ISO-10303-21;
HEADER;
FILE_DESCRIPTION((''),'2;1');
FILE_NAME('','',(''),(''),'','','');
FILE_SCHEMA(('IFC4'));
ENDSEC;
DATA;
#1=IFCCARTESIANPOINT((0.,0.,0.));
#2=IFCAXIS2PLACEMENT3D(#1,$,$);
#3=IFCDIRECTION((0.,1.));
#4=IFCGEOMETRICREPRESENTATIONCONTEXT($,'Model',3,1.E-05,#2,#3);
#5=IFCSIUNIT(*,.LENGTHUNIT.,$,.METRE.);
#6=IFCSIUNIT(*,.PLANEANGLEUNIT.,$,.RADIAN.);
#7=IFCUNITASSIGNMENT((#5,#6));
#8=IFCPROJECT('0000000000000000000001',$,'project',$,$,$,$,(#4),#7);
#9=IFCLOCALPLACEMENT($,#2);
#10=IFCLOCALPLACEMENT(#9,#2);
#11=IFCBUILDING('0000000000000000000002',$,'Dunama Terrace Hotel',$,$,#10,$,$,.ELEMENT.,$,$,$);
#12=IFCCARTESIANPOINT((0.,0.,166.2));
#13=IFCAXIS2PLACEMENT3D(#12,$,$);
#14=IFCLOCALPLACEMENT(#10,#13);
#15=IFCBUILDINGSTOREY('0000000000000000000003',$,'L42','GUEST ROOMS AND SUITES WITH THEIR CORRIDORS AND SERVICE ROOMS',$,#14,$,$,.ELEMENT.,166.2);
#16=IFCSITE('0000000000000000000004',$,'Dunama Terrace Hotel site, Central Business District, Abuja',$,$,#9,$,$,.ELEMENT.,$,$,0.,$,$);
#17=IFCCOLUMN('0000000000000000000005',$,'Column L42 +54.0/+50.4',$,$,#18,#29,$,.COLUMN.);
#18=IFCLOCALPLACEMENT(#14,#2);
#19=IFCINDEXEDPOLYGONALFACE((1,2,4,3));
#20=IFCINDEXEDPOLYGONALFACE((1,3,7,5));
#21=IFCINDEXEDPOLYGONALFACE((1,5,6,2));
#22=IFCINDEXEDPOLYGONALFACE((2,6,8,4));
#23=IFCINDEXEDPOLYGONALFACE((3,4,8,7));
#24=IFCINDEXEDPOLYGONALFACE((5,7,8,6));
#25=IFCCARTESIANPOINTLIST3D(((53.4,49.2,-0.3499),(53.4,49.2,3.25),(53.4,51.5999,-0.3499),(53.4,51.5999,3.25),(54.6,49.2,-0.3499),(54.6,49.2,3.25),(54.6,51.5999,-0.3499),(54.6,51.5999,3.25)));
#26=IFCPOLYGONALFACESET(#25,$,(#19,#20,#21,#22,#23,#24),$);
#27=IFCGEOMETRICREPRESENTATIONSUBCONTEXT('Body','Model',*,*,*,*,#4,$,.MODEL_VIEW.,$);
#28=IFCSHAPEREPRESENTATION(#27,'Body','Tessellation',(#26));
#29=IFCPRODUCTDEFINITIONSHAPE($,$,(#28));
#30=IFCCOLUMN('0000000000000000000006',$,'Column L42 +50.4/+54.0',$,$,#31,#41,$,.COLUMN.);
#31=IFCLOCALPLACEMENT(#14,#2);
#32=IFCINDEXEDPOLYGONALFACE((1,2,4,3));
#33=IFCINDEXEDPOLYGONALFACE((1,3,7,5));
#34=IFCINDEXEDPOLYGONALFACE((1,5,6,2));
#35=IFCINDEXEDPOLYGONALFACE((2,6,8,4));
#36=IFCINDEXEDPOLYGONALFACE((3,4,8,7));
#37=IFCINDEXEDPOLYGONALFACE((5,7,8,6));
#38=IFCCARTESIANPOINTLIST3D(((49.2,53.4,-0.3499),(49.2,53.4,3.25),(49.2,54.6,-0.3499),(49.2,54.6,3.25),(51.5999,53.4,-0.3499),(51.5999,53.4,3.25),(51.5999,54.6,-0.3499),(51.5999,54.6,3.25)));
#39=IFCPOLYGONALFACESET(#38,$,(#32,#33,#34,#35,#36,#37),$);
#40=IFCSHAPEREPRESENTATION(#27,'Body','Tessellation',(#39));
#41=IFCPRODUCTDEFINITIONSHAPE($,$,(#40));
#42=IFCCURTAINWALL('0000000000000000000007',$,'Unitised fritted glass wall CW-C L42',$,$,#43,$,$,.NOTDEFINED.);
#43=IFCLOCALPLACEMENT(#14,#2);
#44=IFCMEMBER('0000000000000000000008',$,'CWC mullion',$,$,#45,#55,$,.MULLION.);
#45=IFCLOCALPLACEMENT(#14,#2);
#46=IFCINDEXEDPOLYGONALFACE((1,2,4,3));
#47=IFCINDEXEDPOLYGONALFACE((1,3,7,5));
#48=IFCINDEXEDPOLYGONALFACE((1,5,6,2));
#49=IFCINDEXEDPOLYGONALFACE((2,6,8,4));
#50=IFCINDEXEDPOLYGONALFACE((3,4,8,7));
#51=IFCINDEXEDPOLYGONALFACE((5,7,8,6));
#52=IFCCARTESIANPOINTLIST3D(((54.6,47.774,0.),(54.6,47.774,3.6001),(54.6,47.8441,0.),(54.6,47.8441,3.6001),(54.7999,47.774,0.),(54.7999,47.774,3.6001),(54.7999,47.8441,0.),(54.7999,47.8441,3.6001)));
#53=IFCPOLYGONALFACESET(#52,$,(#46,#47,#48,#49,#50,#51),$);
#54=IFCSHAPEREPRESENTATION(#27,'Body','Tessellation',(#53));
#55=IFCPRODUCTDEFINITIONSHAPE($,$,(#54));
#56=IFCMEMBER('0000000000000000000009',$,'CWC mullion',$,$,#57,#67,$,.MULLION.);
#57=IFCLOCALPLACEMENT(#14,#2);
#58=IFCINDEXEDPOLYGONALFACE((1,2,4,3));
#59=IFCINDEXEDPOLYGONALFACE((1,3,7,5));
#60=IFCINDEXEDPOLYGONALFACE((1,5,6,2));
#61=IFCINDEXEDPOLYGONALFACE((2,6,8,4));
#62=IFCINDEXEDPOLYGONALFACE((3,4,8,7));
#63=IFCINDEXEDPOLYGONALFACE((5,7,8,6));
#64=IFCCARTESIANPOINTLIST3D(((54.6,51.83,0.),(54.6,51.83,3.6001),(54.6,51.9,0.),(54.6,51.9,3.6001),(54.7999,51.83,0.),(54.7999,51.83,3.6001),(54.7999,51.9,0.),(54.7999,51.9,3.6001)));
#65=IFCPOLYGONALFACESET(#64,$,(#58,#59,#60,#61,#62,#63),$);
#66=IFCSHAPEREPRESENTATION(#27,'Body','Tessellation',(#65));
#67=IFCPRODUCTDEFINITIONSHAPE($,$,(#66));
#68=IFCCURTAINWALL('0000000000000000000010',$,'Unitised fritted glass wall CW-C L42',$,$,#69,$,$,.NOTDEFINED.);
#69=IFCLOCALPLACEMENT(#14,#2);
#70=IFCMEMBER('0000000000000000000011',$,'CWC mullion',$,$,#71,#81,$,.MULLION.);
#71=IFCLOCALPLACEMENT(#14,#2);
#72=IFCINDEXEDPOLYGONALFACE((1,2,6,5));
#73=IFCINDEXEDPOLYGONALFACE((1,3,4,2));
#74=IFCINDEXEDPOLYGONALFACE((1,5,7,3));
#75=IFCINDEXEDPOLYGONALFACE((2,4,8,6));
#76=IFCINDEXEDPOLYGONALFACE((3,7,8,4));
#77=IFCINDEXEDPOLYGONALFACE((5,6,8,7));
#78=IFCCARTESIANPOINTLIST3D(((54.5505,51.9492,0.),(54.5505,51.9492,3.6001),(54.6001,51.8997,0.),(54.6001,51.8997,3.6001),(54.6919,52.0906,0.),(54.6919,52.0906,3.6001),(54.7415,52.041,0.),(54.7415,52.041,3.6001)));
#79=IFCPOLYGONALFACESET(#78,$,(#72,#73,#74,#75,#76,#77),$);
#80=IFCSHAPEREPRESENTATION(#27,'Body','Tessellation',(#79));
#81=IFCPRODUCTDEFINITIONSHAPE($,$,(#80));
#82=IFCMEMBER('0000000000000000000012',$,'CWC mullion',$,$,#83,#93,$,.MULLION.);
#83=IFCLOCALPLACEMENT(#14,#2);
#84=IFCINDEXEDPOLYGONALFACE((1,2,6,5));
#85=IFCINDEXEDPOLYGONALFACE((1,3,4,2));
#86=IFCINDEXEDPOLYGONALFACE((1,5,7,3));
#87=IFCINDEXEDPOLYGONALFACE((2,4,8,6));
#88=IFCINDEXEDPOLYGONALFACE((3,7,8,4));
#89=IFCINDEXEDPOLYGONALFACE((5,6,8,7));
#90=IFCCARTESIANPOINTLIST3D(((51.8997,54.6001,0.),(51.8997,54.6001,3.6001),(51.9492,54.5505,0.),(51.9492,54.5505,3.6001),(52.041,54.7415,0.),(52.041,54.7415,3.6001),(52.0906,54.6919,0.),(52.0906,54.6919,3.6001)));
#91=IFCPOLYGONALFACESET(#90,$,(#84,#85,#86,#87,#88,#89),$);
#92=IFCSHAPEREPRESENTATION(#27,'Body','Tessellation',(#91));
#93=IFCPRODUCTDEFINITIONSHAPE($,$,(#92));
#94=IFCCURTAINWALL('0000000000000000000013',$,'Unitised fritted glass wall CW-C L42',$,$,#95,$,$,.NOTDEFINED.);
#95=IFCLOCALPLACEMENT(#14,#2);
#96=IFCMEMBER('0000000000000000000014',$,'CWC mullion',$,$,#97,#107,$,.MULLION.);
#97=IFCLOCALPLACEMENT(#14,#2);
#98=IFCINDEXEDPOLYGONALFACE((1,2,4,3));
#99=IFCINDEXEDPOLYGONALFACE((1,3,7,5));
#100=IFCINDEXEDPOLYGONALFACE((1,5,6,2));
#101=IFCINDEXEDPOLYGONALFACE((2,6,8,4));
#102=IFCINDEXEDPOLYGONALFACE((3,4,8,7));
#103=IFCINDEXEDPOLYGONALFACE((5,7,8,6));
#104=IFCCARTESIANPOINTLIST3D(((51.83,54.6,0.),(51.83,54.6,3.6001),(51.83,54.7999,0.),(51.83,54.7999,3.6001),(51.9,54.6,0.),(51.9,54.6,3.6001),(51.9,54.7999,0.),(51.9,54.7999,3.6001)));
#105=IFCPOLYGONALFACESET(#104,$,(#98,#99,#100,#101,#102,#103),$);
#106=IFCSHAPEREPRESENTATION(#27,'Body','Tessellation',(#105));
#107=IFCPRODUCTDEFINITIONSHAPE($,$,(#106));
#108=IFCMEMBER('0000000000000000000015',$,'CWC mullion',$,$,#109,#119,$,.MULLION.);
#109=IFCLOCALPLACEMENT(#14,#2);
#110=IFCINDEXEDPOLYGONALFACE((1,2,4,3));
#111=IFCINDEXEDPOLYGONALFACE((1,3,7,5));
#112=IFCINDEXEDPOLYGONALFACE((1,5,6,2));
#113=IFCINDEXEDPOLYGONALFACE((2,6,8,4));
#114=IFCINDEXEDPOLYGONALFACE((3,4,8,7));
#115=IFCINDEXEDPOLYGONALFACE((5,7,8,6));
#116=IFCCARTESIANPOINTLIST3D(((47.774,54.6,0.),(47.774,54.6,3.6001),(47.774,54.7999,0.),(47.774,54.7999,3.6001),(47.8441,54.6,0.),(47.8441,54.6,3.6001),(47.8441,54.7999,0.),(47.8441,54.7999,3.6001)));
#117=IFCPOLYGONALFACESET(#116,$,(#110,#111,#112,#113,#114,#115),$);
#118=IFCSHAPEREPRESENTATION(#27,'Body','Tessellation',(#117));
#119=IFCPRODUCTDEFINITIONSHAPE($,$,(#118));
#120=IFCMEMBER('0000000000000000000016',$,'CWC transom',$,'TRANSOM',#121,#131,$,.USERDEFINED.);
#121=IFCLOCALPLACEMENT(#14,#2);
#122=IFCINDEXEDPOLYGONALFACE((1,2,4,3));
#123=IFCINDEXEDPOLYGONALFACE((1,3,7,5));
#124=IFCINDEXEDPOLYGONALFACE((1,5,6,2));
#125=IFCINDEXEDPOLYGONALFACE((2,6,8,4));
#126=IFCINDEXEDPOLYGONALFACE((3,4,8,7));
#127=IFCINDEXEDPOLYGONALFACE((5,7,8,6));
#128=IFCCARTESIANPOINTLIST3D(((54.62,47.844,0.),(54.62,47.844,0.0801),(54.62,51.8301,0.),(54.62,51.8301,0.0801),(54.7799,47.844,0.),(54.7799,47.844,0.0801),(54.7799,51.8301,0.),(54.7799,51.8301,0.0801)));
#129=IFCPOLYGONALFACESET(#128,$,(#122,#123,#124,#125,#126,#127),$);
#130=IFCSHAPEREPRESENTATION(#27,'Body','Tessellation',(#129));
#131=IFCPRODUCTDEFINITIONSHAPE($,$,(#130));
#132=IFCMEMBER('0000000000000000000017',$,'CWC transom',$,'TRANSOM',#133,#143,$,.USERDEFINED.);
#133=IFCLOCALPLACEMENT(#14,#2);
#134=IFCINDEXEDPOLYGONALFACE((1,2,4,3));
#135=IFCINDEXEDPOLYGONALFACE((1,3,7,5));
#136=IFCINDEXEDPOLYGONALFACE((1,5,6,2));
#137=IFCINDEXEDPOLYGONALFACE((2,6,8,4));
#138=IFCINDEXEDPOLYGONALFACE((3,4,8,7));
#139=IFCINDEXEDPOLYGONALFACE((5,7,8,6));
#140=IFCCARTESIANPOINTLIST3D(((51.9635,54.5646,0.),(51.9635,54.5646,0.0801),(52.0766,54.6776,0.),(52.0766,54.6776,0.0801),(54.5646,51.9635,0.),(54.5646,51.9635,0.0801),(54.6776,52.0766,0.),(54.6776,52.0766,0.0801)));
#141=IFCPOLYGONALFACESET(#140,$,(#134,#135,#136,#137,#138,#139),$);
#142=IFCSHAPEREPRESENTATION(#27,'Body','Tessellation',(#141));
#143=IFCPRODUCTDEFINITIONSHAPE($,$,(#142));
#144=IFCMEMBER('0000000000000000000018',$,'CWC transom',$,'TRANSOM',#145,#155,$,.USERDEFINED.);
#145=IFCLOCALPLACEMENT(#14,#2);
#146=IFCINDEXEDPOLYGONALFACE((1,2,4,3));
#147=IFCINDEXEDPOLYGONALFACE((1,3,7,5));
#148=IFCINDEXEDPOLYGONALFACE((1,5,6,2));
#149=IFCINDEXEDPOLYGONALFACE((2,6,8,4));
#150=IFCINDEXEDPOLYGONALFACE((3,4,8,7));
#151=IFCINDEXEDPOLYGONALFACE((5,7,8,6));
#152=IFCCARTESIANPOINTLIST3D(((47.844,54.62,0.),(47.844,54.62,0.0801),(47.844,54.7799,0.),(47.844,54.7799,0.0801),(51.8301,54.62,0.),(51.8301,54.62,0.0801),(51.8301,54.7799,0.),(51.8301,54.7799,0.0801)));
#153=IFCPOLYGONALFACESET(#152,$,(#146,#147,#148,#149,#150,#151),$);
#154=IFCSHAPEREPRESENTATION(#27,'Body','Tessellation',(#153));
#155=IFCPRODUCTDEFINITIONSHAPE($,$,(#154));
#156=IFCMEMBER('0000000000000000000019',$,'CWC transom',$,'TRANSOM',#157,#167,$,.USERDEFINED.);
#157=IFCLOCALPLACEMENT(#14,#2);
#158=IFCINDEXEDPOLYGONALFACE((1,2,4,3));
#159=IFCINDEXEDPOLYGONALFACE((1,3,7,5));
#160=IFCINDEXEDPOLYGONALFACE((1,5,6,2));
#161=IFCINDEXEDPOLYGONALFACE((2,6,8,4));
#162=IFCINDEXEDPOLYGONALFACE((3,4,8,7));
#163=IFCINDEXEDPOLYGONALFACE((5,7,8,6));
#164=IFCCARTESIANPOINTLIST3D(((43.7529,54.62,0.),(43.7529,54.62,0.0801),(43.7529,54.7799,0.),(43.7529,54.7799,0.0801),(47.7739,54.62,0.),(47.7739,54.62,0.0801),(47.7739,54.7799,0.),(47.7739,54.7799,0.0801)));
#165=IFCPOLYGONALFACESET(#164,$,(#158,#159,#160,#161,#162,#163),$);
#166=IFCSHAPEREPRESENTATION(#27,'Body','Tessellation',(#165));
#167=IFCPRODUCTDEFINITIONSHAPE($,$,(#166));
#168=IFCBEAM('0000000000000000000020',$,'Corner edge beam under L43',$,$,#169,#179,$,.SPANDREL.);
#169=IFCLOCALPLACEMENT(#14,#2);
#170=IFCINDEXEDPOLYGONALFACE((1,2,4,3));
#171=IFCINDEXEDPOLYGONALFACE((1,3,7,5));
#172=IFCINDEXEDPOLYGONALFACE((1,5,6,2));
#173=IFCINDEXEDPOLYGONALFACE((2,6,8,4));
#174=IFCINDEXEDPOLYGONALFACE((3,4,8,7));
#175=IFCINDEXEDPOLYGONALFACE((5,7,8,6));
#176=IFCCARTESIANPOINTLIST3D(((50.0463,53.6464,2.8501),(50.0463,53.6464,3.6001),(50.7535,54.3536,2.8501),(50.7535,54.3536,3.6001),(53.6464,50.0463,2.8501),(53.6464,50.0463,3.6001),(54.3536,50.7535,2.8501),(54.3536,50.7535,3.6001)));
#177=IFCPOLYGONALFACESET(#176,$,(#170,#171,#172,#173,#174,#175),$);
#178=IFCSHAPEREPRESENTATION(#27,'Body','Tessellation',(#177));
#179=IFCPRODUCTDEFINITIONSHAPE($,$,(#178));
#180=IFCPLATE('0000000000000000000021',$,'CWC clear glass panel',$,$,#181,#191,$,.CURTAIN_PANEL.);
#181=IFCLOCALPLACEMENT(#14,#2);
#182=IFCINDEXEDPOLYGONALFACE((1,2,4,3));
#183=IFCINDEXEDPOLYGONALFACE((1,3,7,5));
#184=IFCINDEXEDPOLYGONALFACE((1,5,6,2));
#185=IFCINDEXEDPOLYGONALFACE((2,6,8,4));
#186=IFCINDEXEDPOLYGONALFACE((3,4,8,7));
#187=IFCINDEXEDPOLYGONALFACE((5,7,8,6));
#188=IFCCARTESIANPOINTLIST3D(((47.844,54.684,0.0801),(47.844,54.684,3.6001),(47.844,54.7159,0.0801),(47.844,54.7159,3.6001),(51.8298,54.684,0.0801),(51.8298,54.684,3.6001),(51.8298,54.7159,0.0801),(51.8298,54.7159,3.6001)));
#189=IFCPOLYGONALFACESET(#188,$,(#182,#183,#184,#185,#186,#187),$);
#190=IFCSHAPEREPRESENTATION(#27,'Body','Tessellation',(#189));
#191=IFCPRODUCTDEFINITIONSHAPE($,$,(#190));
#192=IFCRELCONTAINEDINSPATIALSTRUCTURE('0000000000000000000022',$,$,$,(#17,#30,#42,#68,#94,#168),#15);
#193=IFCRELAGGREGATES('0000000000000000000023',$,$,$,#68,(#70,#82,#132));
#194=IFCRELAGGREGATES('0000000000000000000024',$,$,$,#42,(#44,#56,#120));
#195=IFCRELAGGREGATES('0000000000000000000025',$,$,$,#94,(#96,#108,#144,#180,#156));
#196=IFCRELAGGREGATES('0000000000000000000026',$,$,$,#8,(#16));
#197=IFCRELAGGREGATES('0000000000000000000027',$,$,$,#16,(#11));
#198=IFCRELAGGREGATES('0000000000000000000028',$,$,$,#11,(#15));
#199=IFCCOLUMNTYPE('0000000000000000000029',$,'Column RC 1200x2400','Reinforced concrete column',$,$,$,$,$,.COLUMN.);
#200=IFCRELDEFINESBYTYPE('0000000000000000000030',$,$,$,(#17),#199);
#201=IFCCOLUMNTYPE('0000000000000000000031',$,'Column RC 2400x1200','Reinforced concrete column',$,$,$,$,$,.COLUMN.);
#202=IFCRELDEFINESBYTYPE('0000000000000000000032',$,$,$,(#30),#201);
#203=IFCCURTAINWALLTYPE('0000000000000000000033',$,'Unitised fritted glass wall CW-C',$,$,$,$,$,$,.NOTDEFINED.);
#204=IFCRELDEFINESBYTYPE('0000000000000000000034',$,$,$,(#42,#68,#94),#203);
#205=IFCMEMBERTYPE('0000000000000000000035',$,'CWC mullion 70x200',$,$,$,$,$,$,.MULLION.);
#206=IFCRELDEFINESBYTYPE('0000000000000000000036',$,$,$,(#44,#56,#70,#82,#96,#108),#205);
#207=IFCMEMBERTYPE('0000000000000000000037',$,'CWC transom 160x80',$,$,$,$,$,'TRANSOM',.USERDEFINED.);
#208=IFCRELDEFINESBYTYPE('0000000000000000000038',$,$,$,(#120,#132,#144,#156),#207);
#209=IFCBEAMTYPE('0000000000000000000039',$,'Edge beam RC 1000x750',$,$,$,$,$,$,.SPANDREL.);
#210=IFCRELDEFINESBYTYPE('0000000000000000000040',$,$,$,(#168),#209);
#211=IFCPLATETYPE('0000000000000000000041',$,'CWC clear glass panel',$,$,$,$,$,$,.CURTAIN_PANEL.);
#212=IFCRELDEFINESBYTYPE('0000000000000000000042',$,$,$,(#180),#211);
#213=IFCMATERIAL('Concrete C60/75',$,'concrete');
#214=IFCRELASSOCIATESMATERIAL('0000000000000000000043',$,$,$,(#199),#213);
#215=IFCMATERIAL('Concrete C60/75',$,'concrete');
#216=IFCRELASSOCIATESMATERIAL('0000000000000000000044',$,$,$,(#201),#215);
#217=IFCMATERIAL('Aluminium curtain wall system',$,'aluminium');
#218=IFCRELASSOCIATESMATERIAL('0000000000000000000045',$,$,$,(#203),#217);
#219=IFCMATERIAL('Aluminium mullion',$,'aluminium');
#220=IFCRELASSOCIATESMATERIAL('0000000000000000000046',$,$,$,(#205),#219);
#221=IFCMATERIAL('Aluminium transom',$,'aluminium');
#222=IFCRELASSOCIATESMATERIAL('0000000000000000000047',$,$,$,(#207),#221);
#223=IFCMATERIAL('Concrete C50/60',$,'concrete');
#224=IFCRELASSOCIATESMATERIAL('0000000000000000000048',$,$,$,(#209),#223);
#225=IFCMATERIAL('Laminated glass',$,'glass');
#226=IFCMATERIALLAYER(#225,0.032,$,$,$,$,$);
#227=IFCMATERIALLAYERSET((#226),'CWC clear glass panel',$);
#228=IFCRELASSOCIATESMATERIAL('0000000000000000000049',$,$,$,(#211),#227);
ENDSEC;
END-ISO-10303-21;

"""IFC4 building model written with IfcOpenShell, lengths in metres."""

from ifc_helpers import new_model, si_unit, direction, frame, origin, origin_2d, place, context, subcontext, project, spatial, rectangle, extrude, material, layer, layer_set, material_profile, profile_set, type_object, element, aggregate, save


model = new_model("IFC4")

# Units and contexts
model_context = context("Model", 3, precision=1e-05, world=origin(), true_north=direction((0.0, 1.0)))
body_context = subcontext(model_context, "Body", "Model", "MODEL_VIEW")
ifc_project = project(units=[si_unit("LENGTHUNIT", "METRE"), si_unit("PLANEANGLEUNIT", "RADIAN")], contexts=[model_context])

# Site, building, storey
site_placement = place(None, origin())
site = spatial("IfcSite", under=ifc_project, at=site_placement, Name="Dunama Terrace Hotel site, Central Business District, Abuja", CompositionType="ELEMENT", RefElevation=0.0)
building_placement = place(site_placement, origin())
building = spatial("IfcBuilding", under=site, at=building_placement, Name="Dunama Terrace Hotel", CompositionType="ELEMENT")
storey_placement = place(building_placement, frame((0.0, 0.0, 166.2)))
storey = spatial("IfcBuildingStorey", under=building, at=storey_placement, Name="L42", Description="GUEST ROOMS AND SUITES WITH THEIR CORRIDORS AND SERVICE ROOMS", CompositionType="ELEMENT", Elevation=166.2)

# Columns
ifc_material_1 = material(Name="Concrete C60/75", Category="concrete")
ifc_material_profile_1 = material_profile(ifc_material_1, rectangle(XDim=1.2, YDim=2.3999, at=origin_2d()), Name="RC 1200x2400")
ifc_profile_set_1 = profile_set([ifc_material_profile_1], Name="Concrete C60/75")
column_type_1 = type_object("IfcColumnType", Name="Column RC 1200x2400", Description="Reinforced concrete column", PredefinedType="COLUMN", material=ifc_profile_set_1)
column_1_placement = place(storey_placement, frame((54.0, 50.3999, -0.3499), z_axis=(0.0, 0.0, 1.0), x_axis=(1.0, 0.0, 0.0)))
element("IfcColumn", 1, at=column_1_placement, inside=storey, type_object=column_type_1, Name="Column L42 +54.0/+50.4", PredefinedType="COLUMN", context=body_context, shape_type="SweptSolid", body=[
    extrude(rectangle(XDim=1.2, YDim=2.3999, at=origin_2d()), origin(), (0.0, 0.0, 1.0), 3.5999),
])
ifc_material_2 = material(Name="Concrete C60/75", Category="concrete")
ifc_material_profile_2 = material_profile(ifc_material_2, rectangle(XDim=2.3999, YDim=1.2, at=origin_2d()), Name="RC 2400x1200")
ifc_profile_set_2 = profile_set([ifc_material_profile_2], Name="Concrete C60/75")
column_type_2 = type_object("IfcColumnType", Name="Column RC 2400x1200", Description="Reinforced concrete column", PredefinedType="COLUMN", material=ifc_profile_set_2)
column_2_placement = place(storey_placement, frame((50.3999, 54.0, -0.3499), z_axis=(0.0, 0.0, 1.0), x_axis=(1.0, 0.0, 0.0)))
element("IfcColumn", 2, at=column_2_placement, inside=storey, type_object=column_type_2, Name="Column L42 +50.4/+54.0", PredefinedType="COLUMN", context=body_context, shape_type="SweptSolid", body=[
    extrude(rectangle(XDim=2.3999, YDim=1.2, at=origin_2d()), origin(), (0.0, 0.0, 1.0), 3.5999),
])

# Curtain walls, members
ifc_material_3 = material(Name="Aluminium curtain wall system", Category="aluminium")
curtain_wall_type = type_object("IfcCurtainWallType", Name="Unitised fritted glass wall CW-C", PredefinedType="NOTDEFINED", material=ifc_material_3)
curtain_wall_1_placement = place(storey_placement, origin())
curtain_wall_1 = element("IfcCurtainWall", 3, at=curtain_wall_1_placement, inside=storey, type_object=curtain_wall_type, Name="Unitised fritted glass wall CW-C L42", PredefinedType="NOTDEFINED")
ifc_material_4 = material(Name="Aluminium mullion", Category="aluminium")
ifc_material_profile_3 = material_profile(ifc_material_4, rectangle(XDim=0.0701, YDim=0.2, at=origin_2d()), Name="CWC MULLION 70X200")
ifc_profile_set_3 = profile_set([ifc_material_profile_3], Name="Aluminium mullion")
member_type_1 = type_object("IfcMemberType", Name="CWC mullion 70x200", PredefinedType="MULLION", material=ifc_profile_set_3)
member_1_placement = place(storey_placement, frame((54.7, 47.8091, 0.0), z_axis=(0.0, 0.0, 1.0), x_axis=(0.0, 1.0, 0.0)))
member_1 = element("IfcMember", 4, at=member_1_placement, type_object=member_type_1, Name="CWC mullion", PredefinedType="MULLION", context=body_context, shape_type="SweptSolid", body=[
    extrude(rectangle(XDim=0.0701, YDim=0.2, at=origin_2d()), origin(), (0.0, 0.0, 1.0), 3.6001),
])
member_2_placement = place(storey_placement, frame((54.7, 51.865, 0.0), z_axis=(0.0, 0.0, 1.0), x_axis=(0.0, 1.0, 0.0)))
member_2 = element("IfcMember", 5, at=member_2_placement, type_object=member_type_1, Name="CWC mullion", PredefinedType="MULLION", context=body_context, shape_type="SweptSolid", body=[
    extrude(rectangle(XDim=0.0701, YDim=0.2, at=origin_2d()), origin(), (0.0, 0.0, 1.0), 3.6001),
])
curtain_wall_2_placement = place(storey_placement, origin())
curtain_wall_2 = element("IfcCurtainWall", 6, at=curtain_wall_2_placement, inside=storey, type_object=curtain_wall_type, Name="Unitised fritted glass wall CW-C L42", PredefinedType="NOTDEFINED")
member_3_placement = place(storey_placement, frame((54.646, 51.9951, 0.0), z_axis=(0.0, 0.0, 1.0), x_axis=(-0.707107, 0.707107, 0.0)))
member_3 = element("IfcMember", 7, at=member_3_placement, type_object=member_type_1, Name="CWC mullion", PredefinedType="MULLION", context=body_context, shape_type="SweptSolid", body=[
    extrude(rectangle(XDim=0.0701, YDim=0.2, at=origin_2d()), origin(), (0.0, 0.0, 1.0), 3.6001),
])
member_4_placement = place(storey_placement, frame((51.9951, 54.646, 0.0), z_axis=(0.0, 0.0, 1.0), x_axis=(-0.707107, 0.707107, 0.0)))
member_4 = element("IfcMember", 8, at=member_4_placement, type_object=member_type_1, Name="CWC mullion", PredefinedType="MULLION", context=body_context, shape_type="SweptSolid", body=[
    extrude(rectangle(XDim=0.0701, YDim=0.2, at=origin_2d()), origin(), (0.0, 0.0, 1.0), 3.6001),
])
curtain_wall_3_placement = place(storey_placement, origin())
curtain_wall_3 = element("IfcCurtainWall", 9, at=curtain_wall_3_placement, inside=storey, type_object=curtain_wall_type, Name="Unitised fritted glass wall CW-C L42", PredefinedType="NOTDEFINED")
member_5_placement = place(storey_placement, frame((51.865, 54.7, 0.0), z_axis=(0.0, 0.0, 1.0), x_axis=(-1.0, 0.0, 0.0)))
member_5 = element("IfcMember", 10, at=member_5_placement, type_object=member_type_1, Name="CWC mullion", PredefinedType="MULLION", context=body_context, shape_type="SweptSolid", body=[
    extrude(rectangle(XDim=0.0701, YDim=0.2, at=origin_2d()), origin(), (0.0, 0.0, 1.0), 3.6001),
])
member_6_placement = place(storey_placement, frame((47.8091, 54.7, 0.0), z_axis=(0.0, 0.0, 1.0), x_axis=(-1.0, 0.0, 0.0)))
member_6 = element("IfcMember", 11, at=member_6_placement, type_object=member_type_1, Name="CWC mullion", PredefinedType="MULLION", context=body_context, shape_type="SweptSolid", body=[
    extrude(rectangle(XDim=0.0701, YDim=0.2, at=origin_2d()), origin(), (0.0, 0.0, 1.0), 3.6001),
])

# Members
ifc_material_5 = material(Name="Aluminium transom", Category="aluminium")
ifc_material_profile_4 = material_profile(ifc_material_5, rectangle(XDim=0.1599, YDim=0.0801, at=origin_2d()), Name="CWC TRANSOM 160X80")
ifc_profile_set_4 = profile_set([ifc_material_profile_4], Name="Aluminium transom")
member_type_2 = type_object("IfcMemberType", Name="CWC transom 160x80", ElementType="TRANSOM", PredefinedType="USERDEFINED", material=ifc_profile_set_4)
member_7_placement = place(storey_placement, frame((54.7, 47.844, 0.04), z_axis=(0.0, 1.0, 0.0), x_axis=(-1.0, 0.0, 0.0)))
member_7 = element("IfcMember", 12, at=member_7_placement, type_object=member_type_2, Name="CWC transom", ObjectType="TRANSOM", PredefinedType="USERDEFINED", context=body_context, shape_type="SweptSolid", body=[
    extrude(rectangle(XDim=0.1599, YDim=0.0801, at=origin_2d()), origin(), (0.0, 0.0, 1.0), 3.9861),
])
member_8_placement = place(storey_placement, frame((54.6211, 52.02, 0.04), z_axis=(-0.707107, 0.707107, 0.0), x_axis=(-0.707107, -0.707107, 0.0)))
member_8 = element("IfcMember", 13, at=member_8_placement, type_object=member_type_2, Name="CWC transom", ObjectType="TRANSOM", PredefinedType="USERDEFINED", context=body_context, shape_type="SweptSolid", body=[
    extrude(rectangle(XDim=0.1599, YDim=0.0801, at=origin_2d()), origin(), (0.0, 0.0, 1.0), 3.6785),
])
member_9_placement = place(storey_placement, frame((51.8301, 54.7, 0.04), z_axis=(-1.0, 0.0, 0.0), x_axis=(0.0, -1.0, 0.0)))
member_9 = element("IfcMember", 14, at=member_9_placement, type_object=member_type_2, Name="CWC transom", ObjectType="TRANSOM", PredefinedType="USERDEFINED", context=body_context, shape_type="SweptSolid", body=[
    extrude(rectangle(XDim=0.1599, YDim=0.0801, at=origin_2d()), origin(), (0.0, 0.0, 1.0), 3.9861),
])
member_10_placement = place(storey_placement, frame((47.7739, 54.7, 0.04), z_axis=(-1.0, 0.0, 0.0), x_axis=(0.0, -1.0, 0.0)))
member_10 = element("IfcMember", 15, at=member_10_placement, type_object=member_type_2, Name="CWC transom", ObjectType="TRANSOM", PredefinedType="USERDEFINED", context=body_context, shape_type="SweptSolid", body=[
    extrude(rectangle(XDim=0.1599, YDim=0.0801, at=origin_2d()), origin(), (0.0, 0.0, 1.0), 4.021),
])

# Beam
ifc_material_6 = material(Name="Concrete C50/60", Category="concrete")
ifc_material_profile_5 = material_profile(ifc_material_6, rectangle(XDim=1.0, YDim=0.75, at=origin_2d()), Name="RC 1000x750")
ifc_profile_set_5 = profile_set([ifc_material_profile_5], Name="Concrete C50/60")
beam_type = type_object("IfcBeamType", Name="Edge beam RC 1000x750", PredefinedType="SPANDREL", material=ifc_profile_set_5)
beam_placement = place(storey_placement, frame((50.3999, 54.0, 3.2251), z_axis=(0.707107, -0.707107, 0.0), x_axis=(0.707107, 0.707107, 0.0)))
element("IfcBeam", 16, at=beam_placement, inside=storey, type_object=beam_type, Name="Corner edge beam under L43", PredefinedType="SPANDREL", context=body_context, shape_type="SweptSolid", body=[
    extrude(rectangle(XDim=1.0, YDim=0.75, at=origin_2d()), origin(), (0.0, 0.0, 1.0), 5.0913),
])

# Plate
ifc_material_7 = material(Name="Laminated glass", Category="glass")
ifc_layer_1 = layer(ifc_material_7, 0.032)
ifc_layer_set_1 = layer_set([ifc_layer_1], Name="CWC clear glass panel")
plate_type_1 = type_object("IfcPlateType", Name="CWC clear glass panel", PredefinedType="CURTAIN_PANEL", material=ifc_layer_set_1)
plate_1_placement = place(storey_placement, frame((49.8369, 54.7, 0.0801), z_axis=(0.0, 0.0, 1.0), x_axis=(-1.0, 0.0, 0.0)))
plate_1 = element("IfcPlate", 17, at=plate_1_placement, type_object=plate_type_1, Name="CWC clear glass panel", PredefinedType="CURTAIN_PANEL", context=body_context, shape_type="SweptSolid", body=[
    extrude(rectangle(XDim=3.9858, YDim=0.032, at=origin_2d()), origin(), (0.0, 0.0, 1.0), 3.52),
])
aggregate(curtain_wall_2, [member_3, member_4, member_8])
aggregate(curtain_wall_1, [member_1, member_2, member_7])
aggregate(curtain_wall_3, [member_5, member_6, member_9, plate_1, member_10])

save(model, "model.ifc")
